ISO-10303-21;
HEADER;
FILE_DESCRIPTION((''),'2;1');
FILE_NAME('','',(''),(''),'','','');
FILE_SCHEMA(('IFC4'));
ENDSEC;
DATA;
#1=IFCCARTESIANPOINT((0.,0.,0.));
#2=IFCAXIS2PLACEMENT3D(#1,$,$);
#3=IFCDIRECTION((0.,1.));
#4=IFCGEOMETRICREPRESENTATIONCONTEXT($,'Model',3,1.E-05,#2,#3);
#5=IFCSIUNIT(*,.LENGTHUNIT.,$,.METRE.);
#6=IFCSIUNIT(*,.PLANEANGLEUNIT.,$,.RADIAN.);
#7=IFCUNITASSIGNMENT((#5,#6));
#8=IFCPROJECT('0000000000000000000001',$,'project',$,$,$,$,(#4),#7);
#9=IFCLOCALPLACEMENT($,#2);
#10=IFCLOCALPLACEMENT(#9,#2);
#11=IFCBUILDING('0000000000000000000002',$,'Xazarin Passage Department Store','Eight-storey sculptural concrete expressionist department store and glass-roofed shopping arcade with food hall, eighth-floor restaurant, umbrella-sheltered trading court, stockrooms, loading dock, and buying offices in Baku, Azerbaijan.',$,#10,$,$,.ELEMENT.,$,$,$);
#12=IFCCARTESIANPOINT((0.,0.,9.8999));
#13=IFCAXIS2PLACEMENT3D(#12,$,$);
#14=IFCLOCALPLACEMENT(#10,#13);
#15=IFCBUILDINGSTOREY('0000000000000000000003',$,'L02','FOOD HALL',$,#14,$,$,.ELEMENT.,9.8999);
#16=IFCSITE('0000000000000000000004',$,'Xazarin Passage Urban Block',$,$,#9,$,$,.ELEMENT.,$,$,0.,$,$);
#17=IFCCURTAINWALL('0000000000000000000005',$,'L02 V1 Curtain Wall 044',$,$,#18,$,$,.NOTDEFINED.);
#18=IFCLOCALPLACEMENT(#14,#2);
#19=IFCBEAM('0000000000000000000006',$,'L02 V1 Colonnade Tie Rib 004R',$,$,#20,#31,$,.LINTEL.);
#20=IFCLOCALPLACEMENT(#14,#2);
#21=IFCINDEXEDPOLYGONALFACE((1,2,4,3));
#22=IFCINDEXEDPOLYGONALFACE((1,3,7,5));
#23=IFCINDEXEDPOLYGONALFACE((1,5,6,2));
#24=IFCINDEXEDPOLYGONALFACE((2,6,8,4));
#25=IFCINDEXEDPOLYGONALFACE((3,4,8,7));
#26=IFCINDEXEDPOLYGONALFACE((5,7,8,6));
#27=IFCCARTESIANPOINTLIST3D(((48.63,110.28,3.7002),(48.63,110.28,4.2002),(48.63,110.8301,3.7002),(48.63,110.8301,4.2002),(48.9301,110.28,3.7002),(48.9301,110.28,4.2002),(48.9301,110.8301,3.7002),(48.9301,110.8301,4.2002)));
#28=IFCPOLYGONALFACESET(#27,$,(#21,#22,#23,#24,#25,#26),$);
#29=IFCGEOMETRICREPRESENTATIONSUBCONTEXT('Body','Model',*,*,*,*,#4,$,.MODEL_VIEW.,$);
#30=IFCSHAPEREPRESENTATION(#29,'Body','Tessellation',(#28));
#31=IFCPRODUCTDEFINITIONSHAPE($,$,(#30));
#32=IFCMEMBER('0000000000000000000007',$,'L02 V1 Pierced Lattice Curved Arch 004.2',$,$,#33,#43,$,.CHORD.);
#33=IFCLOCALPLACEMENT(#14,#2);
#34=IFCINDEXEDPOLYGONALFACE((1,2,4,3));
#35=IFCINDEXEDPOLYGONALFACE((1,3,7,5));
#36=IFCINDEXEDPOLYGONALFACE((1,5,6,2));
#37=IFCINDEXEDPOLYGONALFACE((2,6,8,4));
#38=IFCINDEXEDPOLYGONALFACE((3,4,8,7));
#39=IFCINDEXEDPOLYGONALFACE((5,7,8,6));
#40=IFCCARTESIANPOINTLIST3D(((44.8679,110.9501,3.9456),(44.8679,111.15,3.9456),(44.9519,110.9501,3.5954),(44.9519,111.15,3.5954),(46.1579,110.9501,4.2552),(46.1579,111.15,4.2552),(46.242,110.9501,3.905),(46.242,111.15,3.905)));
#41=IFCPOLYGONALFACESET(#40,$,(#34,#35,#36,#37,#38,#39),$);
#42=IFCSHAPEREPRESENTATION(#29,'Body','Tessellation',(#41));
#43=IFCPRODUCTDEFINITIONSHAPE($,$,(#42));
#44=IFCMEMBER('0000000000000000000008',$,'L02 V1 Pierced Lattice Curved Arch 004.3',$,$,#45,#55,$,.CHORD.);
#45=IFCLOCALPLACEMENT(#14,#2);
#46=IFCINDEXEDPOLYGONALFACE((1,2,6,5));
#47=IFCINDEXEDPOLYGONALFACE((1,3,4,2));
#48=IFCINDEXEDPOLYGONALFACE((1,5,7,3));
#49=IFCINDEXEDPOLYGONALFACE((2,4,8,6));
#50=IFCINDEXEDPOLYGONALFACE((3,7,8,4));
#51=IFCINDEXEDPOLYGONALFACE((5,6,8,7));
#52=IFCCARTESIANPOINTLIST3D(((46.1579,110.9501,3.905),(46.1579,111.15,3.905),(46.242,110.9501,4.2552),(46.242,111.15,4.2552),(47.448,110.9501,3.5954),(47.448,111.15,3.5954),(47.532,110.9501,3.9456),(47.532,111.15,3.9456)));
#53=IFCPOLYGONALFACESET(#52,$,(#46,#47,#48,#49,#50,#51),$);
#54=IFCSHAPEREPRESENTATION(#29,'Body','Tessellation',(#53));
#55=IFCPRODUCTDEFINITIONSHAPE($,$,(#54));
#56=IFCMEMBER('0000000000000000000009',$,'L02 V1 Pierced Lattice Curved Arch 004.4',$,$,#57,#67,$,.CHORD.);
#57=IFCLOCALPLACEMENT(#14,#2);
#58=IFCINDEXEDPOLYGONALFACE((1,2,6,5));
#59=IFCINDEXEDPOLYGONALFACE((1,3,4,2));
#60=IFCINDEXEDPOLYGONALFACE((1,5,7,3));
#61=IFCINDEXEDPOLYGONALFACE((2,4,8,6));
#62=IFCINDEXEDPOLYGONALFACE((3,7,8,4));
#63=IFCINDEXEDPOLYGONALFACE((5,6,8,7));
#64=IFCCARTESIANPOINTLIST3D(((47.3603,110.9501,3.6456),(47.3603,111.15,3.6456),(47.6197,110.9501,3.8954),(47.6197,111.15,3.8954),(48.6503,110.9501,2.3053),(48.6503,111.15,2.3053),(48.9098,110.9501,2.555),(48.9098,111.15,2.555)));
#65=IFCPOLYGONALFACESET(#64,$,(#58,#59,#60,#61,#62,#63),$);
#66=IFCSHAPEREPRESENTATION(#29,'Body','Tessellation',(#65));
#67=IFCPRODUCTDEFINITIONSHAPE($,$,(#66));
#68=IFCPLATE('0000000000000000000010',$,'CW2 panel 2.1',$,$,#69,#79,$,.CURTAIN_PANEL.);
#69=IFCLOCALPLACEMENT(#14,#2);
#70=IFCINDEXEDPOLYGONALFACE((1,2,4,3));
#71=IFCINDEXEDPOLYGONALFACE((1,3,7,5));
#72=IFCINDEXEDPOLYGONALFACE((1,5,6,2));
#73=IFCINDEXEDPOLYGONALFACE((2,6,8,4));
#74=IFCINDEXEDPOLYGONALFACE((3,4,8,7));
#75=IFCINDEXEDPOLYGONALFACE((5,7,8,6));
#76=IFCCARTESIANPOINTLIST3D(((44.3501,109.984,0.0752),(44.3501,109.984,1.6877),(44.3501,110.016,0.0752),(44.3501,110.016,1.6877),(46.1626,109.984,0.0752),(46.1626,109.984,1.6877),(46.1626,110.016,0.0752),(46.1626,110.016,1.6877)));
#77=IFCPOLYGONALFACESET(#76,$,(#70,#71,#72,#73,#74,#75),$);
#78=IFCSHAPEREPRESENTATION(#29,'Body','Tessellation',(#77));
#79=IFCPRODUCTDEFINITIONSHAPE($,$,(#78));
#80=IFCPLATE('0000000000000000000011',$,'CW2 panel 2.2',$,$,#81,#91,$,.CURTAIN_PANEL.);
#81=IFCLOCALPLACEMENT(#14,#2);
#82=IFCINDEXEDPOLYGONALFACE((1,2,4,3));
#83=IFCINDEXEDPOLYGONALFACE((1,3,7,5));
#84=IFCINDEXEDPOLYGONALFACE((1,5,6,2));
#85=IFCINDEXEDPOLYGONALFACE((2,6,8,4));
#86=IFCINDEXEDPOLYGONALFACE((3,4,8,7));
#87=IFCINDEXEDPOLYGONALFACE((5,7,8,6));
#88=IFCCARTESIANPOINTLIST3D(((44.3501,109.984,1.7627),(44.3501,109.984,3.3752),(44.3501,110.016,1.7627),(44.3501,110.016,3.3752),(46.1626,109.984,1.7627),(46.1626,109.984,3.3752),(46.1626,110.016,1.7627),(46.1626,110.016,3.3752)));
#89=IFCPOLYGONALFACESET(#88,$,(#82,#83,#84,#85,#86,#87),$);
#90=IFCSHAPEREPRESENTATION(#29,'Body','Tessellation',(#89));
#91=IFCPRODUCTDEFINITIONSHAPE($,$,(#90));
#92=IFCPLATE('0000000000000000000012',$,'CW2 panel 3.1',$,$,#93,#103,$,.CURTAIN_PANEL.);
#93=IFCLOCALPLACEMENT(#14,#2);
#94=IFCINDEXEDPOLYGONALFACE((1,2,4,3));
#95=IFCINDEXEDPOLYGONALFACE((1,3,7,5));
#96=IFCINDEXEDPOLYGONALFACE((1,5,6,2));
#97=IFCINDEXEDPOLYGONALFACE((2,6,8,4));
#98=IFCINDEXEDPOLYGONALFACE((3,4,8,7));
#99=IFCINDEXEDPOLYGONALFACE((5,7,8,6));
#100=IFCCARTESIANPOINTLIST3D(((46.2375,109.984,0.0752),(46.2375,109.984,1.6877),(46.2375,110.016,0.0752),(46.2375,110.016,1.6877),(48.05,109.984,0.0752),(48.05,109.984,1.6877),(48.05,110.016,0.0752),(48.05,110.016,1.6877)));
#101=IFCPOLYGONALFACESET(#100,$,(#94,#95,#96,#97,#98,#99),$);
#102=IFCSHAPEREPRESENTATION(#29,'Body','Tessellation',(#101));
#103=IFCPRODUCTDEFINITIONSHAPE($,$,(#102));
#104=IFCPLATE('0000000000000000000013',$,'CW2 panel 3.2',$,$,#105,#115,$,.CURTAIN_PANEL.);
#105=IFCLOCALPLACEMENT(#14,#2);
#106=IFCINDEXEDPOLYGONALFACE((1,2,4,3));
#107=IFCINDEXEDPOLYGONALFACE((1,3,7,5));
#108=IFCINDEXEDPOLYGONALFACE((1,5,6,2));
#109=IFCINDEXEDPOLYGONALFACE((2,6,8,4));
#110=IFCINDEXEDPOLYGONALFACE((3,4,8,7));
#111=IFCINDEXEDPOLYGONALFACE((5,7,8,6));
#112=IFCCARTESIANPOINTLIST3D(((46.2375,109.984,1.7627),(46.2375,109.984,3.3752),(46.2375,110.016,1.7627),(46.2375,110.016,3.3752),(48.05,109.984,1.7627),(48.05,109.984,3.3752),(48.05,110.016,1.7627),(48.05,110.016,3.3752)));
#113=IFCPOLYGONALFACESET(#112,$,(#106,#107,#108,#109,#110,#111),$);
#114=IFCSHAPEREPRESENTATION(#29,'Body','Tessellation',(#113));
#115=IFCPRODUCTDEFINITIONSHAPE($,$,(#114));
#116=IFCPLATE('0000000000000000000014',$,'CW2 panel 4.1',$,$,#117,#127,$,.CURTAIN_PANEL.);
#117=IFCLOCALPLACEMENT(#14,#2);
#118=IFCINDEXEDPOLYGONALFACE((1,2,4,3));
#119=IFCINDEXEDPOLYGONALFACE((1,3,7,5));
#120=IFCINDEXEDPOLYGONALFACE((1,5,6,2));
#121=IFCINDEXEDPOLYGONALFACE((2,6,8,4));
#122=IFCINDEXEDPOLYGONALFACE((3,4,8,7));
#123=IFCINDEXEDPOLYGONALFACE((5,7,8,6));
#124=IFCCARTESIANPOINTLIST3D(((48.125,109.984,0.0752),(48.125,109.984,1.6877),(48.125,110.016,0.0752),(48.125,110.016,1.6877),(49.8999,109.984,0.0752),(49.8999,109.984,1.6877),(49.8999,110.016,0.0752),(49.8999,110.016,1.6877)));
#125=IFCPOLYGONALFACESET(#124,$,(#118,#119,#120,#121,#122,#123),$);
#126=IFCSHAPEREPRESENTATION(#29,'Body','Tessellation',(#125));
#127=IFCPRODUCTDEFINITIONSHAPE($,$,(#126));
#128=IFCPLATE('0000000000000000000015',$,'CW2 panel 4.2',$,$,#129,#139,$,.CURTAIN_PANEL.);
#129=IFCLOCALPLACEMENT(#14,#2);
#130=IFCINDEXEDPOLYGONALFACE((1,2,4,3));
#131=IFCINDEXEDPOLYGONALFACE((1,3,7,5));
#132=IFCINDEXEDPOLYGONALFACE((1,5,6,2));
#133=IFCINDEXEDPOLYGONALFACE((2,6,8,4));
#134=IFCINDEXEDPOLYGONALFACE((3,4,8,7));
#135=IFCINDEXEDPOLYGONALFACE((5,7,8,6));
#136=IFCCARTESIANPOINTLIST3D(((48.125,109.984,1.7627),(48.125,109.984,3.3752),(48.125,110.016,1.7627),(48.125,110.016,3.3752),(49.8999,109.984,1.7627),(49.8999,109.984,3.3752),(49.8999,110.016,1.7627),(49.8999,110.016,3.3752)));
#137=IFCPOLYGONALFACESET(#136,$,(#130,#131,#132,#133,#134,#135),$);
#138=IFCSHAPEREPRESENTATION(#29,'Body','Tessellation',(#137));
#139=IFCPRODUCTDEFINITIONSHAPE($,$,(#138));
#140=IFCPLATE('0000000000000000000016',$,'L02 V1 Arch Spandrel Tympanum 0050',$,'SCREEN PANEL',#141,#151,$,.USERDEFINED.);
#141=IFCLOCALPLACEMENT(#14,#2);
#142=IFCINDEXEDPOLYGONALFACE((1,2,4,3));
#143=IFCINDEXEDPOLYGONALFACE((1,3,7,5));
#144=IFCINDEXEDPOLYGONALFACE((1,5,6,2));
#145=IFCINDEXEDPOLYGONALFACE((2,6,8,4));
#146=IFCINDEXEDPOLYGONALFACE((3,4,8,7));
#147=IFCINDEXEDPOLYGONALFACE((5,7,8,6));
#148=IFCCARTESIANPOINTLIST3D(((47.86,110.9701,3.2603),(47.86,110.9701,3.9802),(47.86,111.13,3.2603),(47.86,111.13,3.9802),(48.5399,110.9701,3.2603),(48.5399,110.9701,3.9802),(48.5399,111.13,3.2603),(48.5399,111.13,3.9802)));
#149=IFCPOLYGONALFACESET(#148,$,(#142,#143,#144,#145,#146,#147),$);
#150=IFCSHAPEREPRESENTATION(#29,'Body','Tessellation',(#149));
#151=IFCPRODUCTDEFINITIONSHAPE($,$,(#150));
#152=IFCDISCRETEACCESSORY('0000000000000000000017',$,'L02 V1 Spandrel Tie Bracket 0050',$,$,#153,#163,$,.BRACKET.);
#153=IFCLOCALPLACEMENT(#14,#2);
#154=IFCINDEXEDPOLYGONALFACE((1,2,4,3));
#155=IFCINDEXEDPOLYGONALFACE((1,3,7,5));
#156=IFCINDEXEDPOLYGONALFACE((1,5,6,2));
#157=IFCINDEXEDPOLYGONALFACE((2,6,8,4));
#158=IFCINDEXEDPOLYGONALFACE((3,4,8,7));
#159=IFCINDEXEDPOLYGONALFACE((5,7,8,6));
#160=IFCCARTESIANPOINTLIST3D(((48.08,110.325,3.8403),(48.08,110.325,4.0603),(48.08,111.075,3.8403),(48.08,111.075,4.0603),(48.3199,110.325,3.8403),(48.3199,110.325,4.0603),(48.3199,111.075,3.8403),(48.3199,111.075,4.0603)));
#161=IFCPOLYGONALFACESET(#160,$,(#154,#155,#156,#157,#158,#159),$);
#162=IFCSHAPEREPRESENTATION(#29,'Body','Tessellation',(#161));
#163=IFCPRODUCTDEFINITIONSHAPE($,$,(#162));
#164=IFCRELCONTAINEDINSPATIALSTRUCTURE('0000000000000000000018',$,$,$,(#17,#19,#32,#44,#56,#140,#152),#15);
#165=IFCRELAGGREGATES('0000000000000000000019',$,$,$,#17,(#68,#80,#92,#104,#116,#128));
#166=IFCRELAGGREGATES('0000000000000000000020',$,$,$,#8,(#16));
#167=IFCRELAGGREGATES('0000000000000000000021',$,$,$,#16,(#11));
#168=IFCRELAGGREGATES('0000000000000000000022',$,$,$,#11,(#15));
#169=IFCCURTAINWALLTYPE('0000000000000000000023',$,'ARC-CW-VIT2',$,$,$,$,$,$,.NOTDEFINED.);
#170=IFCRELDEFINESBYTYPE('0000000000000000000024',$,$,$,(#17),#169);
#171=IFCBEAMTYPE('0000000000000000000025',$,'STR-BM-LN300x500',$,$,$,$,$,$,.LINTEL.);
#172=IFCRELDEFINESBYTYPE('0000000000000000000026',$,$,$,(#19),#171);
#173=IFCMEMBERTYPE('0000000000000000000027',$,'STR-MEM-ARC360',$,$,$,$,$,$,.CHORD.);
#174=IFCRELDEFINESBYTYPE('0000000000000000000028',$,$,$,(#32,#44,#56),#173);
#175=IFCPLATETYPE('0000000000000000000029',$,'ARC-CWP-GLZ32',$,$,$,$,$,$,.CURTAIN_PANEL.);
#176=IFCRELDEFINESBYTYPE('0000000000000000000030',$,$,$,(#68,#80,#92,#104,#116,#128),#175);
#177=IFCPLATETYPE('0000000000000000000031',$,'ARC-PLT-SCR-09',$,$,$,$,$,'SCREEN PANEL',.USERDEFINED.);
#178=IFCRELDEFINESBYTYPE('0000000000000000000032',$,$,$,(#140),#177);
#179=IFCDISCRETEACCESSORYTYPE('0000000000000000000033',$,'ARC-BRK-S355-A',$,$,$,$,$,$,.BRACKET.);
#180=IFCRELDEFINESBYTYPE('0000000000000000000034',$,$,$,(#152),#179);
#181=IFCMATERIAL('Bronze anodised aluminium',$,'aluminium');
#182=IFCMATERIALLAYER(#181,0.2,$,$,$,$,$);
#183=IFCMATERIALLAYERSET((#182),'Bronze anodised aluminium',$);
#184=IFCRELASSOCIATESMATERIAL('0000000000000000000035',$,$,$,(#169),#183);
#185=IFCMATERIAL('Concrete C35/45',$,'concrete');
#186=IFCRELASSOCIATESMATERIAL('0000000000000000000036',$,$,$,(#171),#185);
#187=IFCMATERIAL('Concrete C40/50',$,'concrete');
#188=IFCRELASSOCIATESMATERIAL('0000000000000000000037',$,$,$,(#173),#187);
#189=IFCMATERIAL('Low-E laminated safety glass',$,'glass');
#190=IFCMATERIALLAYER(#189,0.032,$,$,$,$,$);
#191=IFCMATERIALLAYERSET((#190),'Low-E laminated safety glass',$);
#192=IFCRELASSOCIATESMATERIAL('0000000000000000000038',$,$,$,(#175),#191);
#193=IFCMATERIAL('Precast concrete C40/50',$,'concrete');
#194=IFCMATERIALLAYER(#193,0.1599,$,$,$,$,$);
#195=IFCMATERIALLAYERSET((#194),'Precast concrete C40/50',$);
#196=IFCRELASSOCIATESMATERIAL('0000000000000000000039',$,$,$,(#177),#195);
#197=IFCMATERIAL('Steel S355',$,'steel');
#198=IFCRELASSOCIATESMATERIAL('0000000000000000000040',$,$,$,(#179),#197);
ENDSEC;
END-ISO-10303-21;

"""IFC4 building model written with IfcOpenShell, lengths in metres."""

from ifc_helpers import new_model, si_unit, direction, frame, origin, origin_2d, place, context, subcontext, project, spatial, rectangle, extrude, material, layer, layer_set, material_profile, profile_set, type_object, element, aggregate, save


model = new_model("IFC4")

# Units and contexts
model_context = context("Model", 3, precision=1e-05, world=origin(), true_north=direction((0.0, 1.0)))
body_context = subcontext(model_context, "Body", "Model", "MODEL_VIEW")
ifc_project = project(units=[si_unit("LENGTHUNIT", "METRE"), si_unit("PLANEANGLEUNIT", "RADIAN")], contexts=[model_context])

# Site, building, storey
site_placement = place(None, origin())
site = spatial("IfcSite", under=ifc_project, at=site_placement, Name="Xazarin Passage Urban Block", CompositionType="ELEMENT", RefElevation=0.0)
building_placement = place(site_placement, origin())
building = spatial("IfcBuilding", under=site, at=building_placement, Name="Xazarin Passage Department Store", Description="Eight-storey sculptural concrete expressionist department store and glass-roofed shopping arcade with food hall, eighth-floor restaurant, umbrella-sheltered trading court, stockrooms, loading dock, and buying offices in Baku, Azerbaijan.", CompositionType="ELEMENT")
storey_placement = place(building_placement, frame((0.0, 0.0, 9.8999)))
storey = spatial("IfcBuildingStorey", under=building, at=storey_placement, Name="L02", Description="FOOD HALL", CompositionType="ELEMENT", Elevation=9.8999)

# Shared definitions
ifc_material_1 = material(Name="Concrete C40/50", Category="concrete")

# Curtain wall
ifc_material_2 = material(Name="Bronze anodised aluminium", Category="aluminium")
ifc_layer_1 = layer(ifc_material_2, 0.2)
ifc_layer_set_1 = layer_set([ifc_layer_1], Name="Bronze anodised aluminium")
curtain_wall_type = type_object("IfcCurtainWallType", Name="ARC-CW-VIT2", PredefinedType="NOTDEFINED", material=ifc_layer_set_1)
curtain_wall_placement = place(storey_placement, origin())
curtain_wall = element("IfcCurtainWall", 1, at=curtain_wall_placement, inside=storey, type_object=curtain_wall_type, Name="L02 V1 Curtain Wall 044", PredefinedType="NOTDEFINED")

# Beam
ifc_material_3 = material(Name="Concrete C35/45", Category="concrete")
ifc_material_profile_1 = material_profile(ifc_material_3, rectangle(XDim=0.3, YDim=0.5, at=origin_2d()), Name="RC 300x500")
ifc_profile_set_1 = profile_set([ifc_material_profile_1], Name="Concrete C35/45")
beam_type = type_object("IfcBeamType", Name="STR-BM-LN300x500", PredefinedType="LINTEL", material=ifc_profile_set_1)
beam_placement = place(storey_placement, frame((48.78, 110.28, 3.9502), z_axis=(0.0, 1.0, 0.0), x_axis=(-1.0, 0.0, 0.0)))
element("IfcBeam", 2, at=beam_placement, inside=storey, type_object=beam_type, Name="L02 V1 Colonnade Tie Rib 004R", PredefinedType="LINTEL", context=body_context, shape_type="SweptSolid", body=[
    extrude(rectangle(XDim=0.3, YDim=0.5, at=origin_2d()), origin(), (0.0, 0.0, 1.0), 0.55),
])

# Members
ifc_material_profile_2 = material_profile(ifc_material_1, rectangle(XDim=0.2, YDim=0.3601, at=origin_2d()), Name="RC 200x360")
ifc_profile_set_2 = profile_set([ifc_material_profile_2], Name="Concrete C40/50")
member_type_1 = type_object("IfcMemberType", Name="STR-MEM-ARC360", PredefinedType="CHORD", material=ifc_profile_set_2)
for number, where, z_axis, x_axis, name in (
    (3, (44.9099, 111.05, 3.7705), (0.972394, 0.0, 0.233345), (0.0, 1.0, 0.0), "L02 V1 Pierced Lattice Curved Arch 004.2"),
    (4, (46.2, 111.05, 4.0801), (0.972394, 0.0, -0.233345), (0.0, 1.0, 0.0), "L02 V1 Pierced Lattice Curved Arch 004.3"),
):
    element("IfcMember", number, at=place(storey_placement, frame(where, z_axis=z_axis, x_axis=x_axis)), inside=storey, type_object=member_type_1, Name=name, PredefinedType="CHORD", context=body_context, shape_type="SweptSolid", body=[
        extrude(rectangle(XDim=0.2, YDim=0.3601, at=origin_2d()), origin(), (0.0, 0.0, 1.0), 1.3267),
    ])
member_1_placement = place(storey_placement, frame((47.49, 111.05, 3.7705), z_axis=(0.69346, 0.0, -0.720495), x_axis=(0.0, 1.0, 0.0)))
element("IfcMember", 5, at=member_1_placement, inside=storey, type_object=member_type_1, Name="L02 V1 Pierced Lattice Curved Arch 004.4", PredefinedType="CHORD", context=body_context, shape_type="SweptSolid", body=[
    extrude(rectangle(XDim=0.2, YDim=0.3601, at=origin_2d()), origin(), (0.0, 0.0, 1.0), 1.8604),
])

# Plates
ifc_material_4 = material(Name="Low-E laminated safety glass", Category="glass")
ifc_layer_2 = layer(ifc_material_4, 0.032)
ifc_layer_set_2 = layer_set([ifc_layer_2], Name="Low-E laminated safety glass")
plate_type_1 = type_object("IfcPlateType", Name="ARC-CWP-GLZ32", PredefinedType="CURTAIN_PANEL", material=ifc_layer_set_2)
plate_1_placement = place(storey_placement, frame((45.2563, 110.0, 0.0752), z_axis=(0.0, 0.0, 1.0), x_axis=(1.0, 0.0, 0.0)))
plate_1 = element("IfcPlate", 6, at=plate_1_placement, type_object=plate_type_1, Name="CW2 panel 2.1", PredefinedType="CURTAIN_PANEL", context=body_context, shape_type="SweptSolid", body=[
    extrude(rectangle(XDim=1.8125, YDim=0.032, at=origin_2d()), origin(), (0.0, 0.0, 1.0), 1.6125),
])
plate_2_placement = place(storey_placement, frame((45.2563, 110.0, 1.7627), z_axis=(0.0, 0.0, 1.0), x_axis=(1.0, 0.0, 0.0)))
plate_2 = element("IfcPlate", 7, at=plate_2_placement, type_object=plate_type_1, Name="CW2 panel 2.2", PredefinedType="CURTAIN_PANEL", context=body_context, shape_type="SweptSolid", body=[
    extrude(rectangle(XDim=1.8125, YDim=0.032, at=origin_2d()), origin(), (0.0, 0.0, 1.0), 1.6125),
])
plate_3_placement = place(storey_placement, frame((47.1438, 110.0, 0.0752), z_axis=(0.0, 0.0, 1.0), x_axis=(1.0, 0.0, 0.0)))
plate_3 = element("IfcPlate", 8, at=plate_3_placement, type_object=plate_type_1, Name="CW2 panel 3.1", PredefinedType="CURTAIN_PANEL", context=body_context, shape_type="SweptSolid", body=[
    extrude(rectangle(XDim=1.8125, YDim=0.032, at=origin_2d()), origin(), (0.0, 0.0, 1.0), 1.6125),
])
plate_4_placement = place(storey_placement, frame((47.1438, 110.0, 1.7627), z_axis=(0.0, 0.0, 1.0), x_axis=(1.0, 0.0, 0.0)))
plate_4 = element("IfcPlate", 9, at=plate_4_placement, type_object=plate_type_1, Name="CW2 panel 3.2", PredefinedType="CURTAIN_PANEL", context=body_context, shape_type="SweptSolid", body=[
    extrude(rectangle(XDim=1.8125, YDim=0.032, at=origin_2d()), origin(), (0.0, 0.0, 1.0), 1.6125),
])
plate_5_placement = place(storey_placement, frame((49.0125, 110.0, 0.0752), z_axis=(0.0, 0.0, 1.0), x_axis=(1.0, 0.0, 0.0)))
plate_5 = element("IfcPlate", 10, at=plate_5_placement, type_object=plate_type_1, Name="CW2 panel 4.1", PredefinedType="CURTAIN_PANEL", context=body_context, shape_type="SweptSolid", body=[
    extrude(rectangle(XDim=1.7749, YDim=0.032, at=origin_2d()), origin(), (0.0, 0.0, 1.0), 1.6125),
])
plate_6_placement = place(storey_placement, frame((49.0125, 110.0, 1.7627), z_axis=(0.0, 0.0, 1.0), x_axis=(1.0, 0.0, 0.0)))
plate_6 = element("IfcPlate", 11, at=plate_6_placement, type_object=plate_type_1, Name="CW2 panel 4.2", PredefinedType="CURTAIN_PANEL", context=body_context, shape_type="SweptSolid", body=[
    extrude(rectangle(XDim=1.7749, YDim=0.032, at=origin_2d()), origin(), (0.0, 0.0, 1.0), 1.6125),
])
aggregate(curtain_wall, [plate_1, plate_2, plate_3, plate_4, plate_5, plate_6])
ifc_material_5 = material(Name="Precast concrete C40/50", Category="concrete")
ifc_layer_3 = layer(ifc_material_5, 0.1599)
ifc_layer_set_3 = layer_set([ifc_layer_3], Name="Precast concrete C40/50")
plate_type_2 = type_object("IfcPlateType", Name="ARC-PLT-SCR-09", ElementType="SCREEN PANEL", PredefinedType="USERDEFINED", material=ifc_layer_set_3)
plate_7_placement = place(storey_placement, frame((48.2, 111.05, 3.2603), z_axis=(0.0, 0.0, 1.0), x_axis=(1.0, 0.0, 0.0)))
element("IfcPlate", 12, at=plate_7_placement, inside=storey, type_object=plate_type_2, Name="L02 V1 Arch Spandrel Tympanum 0050", ObjectType="SCREEN PANEL", PredefinedType="USERDEFINED", context=body_context, shape_type="SweptSolid", body=[
    extrude(rectangle(XDim=0.6799, YDim=0.1599, at=origin_2d()), origin(), (0.0, 0.0, 1.0), 0.72),
])

# Discrete accessory
ifc_material_6 = material(Name="Steel S355", Category="steel")
discrete_accessory_type = type_object("IfcDiscreteAccessoryType", Name="ARC-BRK-S355-A", PredefinedType="BRACKET", material=ifc_material_6)
discrete_accessory_placement = place(storey_placement, frame((48.2, 110.7, 3.8403), z_axis=(0.0, 0.0, 1.0), x_axis=(1.0, 0.0, 0.0)))
element("IfcDiscreteAccessory", 13, at=discrete_accessory_placement, inside=storey, type_object=discrete_accessory_type, Name="L02 V1 Spandrel Tie Bracket 0050", PredefinedType="BRACKET", context=body_context, shape_type="SweptSolid", body=[
    extrude(rectangle(XDim=0.24, YDim=0.75, at=origin_2d()), origin(), (0.0, 0.0, 1.0), 0.22),
])

save(model, "model.ifc")
